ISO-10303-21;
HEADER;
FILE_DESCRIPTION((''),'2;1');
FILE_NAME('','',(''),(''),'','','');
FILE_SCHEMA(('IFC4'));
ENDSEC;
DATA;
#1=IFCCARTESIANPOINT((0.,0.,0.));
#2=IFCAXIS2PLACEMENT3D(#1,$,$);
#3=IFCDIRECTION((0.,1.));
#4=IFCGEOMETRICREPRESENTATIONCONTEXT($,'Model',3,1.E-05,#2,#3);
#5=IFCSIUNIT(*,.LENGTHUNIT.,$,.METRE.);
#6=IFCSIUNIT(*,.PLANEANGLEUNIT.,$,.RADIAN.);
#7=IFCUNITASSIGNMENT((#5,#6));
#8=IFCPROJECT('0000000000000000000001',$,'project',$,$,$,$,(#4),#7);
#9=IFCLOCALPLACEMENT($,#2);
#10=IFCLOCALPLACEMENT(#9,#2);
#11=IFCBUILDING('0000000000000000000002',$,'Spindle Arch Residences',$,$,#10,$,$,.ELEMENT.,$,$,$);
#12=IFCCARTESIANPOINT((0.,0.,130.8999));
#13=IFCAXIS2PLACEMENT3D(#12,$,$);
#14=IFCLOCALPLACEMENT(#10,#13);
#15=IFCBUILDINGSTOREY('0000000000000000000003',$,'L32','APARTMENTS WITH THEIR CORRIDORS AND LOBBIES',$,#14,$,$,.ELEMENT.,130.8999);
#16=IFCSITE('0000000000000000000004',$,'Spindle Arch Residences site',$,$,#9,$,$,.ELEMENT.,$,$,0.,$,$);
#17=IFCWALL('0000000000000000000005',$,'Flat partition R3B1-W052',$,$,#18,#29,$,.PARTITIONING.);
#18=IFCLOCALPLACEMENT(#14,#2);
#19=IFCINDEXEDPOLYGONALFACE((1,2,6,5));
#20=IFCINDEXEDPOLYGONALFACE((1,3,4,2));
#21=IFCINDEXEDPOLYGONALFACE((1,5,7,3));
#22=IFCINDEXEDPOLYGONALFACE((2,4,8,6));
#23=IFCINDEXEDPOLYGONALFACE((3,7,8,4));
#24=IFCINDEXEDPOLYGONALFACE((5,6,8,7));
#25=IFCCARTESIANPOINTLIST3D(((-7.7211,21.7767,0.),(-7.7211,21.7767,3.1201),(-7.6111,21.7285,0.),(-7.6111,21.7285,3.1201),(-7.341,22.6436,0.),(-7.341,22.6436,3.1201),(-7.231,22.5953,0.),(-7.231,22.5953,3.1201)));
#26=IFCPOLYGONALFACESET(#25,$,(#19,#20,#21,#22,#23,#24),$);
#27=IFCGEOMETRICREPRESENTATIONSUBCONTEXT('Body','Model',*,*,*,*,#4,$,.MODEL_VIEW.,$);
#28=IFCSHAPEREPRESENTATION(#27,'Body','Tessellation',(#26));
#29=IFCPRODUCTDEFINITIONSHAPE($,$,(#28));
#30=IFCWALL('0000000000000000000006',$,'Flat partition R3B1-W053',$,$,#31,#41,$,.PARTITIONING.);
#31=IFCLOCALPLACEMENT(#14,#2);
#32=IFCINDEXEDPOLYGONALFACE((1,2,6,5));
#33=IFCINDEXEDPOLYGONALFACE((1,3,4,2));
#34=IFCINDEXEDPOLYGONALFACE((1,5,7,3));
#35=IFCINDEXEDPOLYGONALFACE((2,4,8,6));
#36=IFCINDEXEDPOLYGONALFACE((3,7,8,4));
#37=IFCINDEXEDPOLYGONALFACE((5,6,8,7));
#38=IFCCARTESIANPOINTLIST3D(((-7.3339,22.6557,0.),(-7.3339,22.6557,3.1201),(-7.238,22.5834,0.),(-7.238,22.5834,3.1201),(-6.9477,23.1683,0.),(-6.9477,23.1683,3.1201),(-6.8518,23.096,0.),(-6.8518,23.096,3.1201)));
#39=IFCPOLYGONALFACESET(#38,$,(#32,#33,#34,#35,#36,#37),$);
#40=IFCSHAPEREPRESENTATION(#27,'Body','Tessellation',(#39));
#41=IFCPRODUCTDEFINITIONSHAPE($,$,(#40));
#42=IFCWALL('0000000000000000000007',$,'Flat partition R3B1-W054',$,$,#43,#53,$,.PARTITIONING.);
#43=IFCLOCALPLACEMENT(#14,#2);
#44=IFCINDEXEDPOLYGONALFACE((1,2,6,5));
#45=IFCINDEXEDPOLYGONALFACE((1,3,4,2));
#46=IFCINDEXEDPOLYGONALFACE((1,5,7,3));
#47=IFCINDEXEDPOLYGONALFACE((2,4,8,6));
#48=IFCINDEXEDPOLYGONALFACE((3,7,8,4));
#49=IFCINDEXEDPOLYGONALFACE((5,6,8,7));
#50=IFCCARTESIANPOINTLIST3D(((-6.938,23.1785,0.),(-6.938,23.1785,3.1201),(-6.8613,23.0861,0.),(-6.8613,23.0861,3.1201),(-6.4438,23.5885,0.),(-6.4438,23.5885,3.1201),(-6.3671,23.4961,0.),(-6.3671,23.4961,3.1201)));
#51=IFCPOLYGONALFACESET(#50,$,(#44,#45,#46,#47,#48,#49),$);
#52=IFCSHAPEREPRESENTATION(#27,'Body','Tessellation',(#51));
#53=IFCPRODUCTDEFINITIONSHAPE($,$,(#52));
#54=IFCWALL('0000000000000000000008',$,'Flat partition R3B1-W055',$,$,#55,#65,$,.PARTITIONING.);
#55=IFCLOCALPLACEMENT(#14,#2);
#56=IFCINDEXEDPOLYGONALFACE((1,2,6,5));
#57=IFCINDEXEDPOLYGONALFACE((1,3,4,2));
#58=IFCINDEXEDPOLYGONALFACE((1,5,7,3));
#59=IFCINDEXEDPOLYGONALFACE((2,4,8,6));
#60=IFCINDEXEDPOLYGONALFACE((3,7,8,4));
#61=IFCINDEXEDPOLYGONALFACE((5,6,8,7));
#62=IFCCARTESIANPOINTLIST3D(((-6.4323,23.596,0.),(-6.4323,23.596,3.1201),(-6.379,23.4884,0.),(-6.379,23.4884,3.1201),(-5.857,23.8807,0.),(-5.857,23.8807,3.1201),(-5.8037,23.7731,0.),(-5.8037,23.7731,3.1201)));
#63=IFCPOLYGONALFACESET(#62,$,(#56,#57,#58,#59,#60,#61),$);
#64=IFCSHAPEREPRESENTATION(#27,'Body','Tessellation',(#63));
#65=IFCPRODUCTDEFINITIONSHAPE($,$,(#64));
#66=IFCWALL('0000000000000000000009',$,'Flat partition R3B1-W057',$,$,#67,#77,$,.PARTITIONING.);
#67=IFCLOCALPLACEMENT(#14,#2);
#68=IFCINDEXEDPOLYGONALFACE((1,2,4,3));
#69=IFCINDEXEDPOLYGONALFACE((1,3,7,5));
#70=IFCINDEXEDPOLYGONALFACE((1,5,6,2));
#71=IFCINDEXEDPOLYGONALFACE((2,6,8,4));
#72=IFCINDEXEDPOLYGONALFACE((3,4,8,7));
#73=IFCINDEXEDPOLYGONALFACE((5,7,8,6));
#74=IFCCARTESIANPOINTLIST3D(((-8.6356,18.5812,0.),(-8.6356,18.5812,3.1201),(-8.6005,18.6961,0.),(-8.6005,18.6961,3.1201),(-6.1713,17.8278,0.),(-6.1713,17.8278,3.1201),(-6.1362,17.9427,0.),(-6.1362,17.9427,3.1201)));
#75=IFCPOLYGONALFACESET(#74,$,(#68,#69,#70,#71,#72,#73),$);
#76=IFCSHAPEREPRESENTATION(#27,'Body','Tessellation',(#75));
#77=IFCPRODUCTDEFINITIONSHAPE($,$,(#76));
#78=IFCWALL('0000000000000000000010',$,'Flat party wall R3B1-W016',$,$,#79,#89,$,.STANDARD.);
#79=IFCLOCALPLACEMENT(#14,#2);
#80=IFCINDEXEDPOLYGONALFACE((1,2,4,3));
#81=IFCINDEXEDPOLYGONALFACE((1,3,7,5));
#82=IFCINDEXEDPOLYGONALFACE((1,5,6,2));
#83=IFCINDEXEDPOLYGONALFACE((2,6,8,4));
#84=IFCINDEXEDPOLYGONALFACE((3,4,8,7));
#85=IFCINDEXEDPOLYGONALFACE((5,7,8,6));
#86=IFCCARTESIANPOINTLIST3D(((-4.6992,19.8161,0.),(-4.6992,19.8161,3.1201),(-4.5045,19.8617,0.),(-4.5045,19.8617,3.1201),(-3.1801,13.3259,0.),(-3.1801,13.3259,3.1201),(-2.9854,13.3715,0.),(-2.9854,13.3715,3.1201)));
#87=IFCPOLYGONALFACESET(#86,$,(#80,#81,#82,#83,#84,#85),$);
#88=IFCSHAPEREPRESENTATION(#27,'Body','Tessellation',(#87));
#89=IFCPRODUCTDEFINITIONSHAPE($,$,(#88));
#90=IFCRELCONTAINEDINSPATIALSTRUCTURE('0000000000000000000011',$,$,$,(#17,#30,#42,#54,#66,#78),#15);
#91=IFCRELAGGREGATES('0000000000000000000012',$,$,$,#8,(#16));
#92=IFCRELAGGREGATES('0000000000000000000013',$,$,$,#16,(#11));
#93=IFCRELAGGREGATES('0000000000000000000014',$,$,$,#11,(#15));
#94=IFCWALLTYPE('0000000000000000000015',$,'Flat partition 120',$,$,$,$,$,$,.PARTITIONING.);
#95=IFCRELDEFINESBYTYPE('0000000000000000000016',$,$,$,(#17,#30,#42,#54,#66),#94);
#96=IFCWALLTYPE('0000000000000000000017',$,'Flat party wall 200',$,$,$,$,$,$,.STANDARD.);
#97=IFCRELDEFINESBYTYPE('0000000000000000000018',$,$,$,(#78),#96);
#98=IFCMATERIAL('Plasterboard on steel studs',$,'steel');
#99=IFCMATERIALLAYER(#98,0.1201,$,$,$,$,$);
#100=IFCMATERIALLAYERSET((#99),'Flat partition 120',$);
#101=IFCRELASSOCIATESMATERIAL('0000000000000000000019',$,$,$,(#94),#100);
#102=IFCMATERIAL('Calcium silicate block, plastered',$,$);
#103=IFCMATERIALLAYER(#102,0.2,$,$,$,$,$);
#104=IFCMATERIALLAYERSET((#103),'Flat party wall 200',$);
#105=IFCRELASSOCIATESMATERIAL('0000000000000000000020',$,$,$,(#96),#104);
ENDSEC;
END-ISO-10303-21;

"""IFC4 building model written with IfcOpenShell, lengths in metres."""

from ifc_helpers import new_model, si_unit, direction, frame, frame_2d, origin, place, context, subcontext, project, spatial, rectangle, extrude, material, layer, layer_set, type_object, element, save


model = new_model("IFC4")

# Units and contexts
model_context = context("Model", 3, precision=1e-05, world=origin(), true_north=direction((0.0, 1.0)))
body_context = subcontext(model_context, "Body", "Model", "MODEL_VIEW")
ifc_project = project(units=[si_unit("LENGTHUNIT", "METRE"), si_unit("PLANEANGLEUNIT", "RADIAN")], contexts=[model_context])

# Site, building, storey
site_placement = place(None, origin())
site = spatial("IfcSite", under=ifc_project, at=site_placement, Name="Spindle Arch Residences site", CompositionType="ELEMENT", RefElevation=0.0)
building_placement = place(site_placement, origin())
building = spatial("IfcBuilding", under=site, at=building_placement, Name="Spindle Arch Residences", CompositionType="ELEMENT")
storey_placement = place(building_placement, frame((0.0, 0.0, 130.8999)))
storey = spatial("IfcBuildingStorey", under=building, at=storey_placement, Name="L32", Description="APARTMENTS WITH THEIR CORRIDORS AND LOBBIES", CompositionType="ELEMENT", Elevation=130.8999)

# Shared definitions
ifc_material_1 = material(Name="Plasterboard on steel studs", Category="steel")
ifc_layer_1 = layer(ifc_material_1, 0.1201)
ifc_layer_set_1 = layer_set([ifc_layer_1], Name="Flat partition 120")
wall_type_1 = type_object("IfcWallType", Name="Flat partition 120", PredefinedType="PARTITIONING", material=ifc_layer_set_1)

# Walls
wall_1_placement = place(storey_placement, frame((-7.666, 21.7527, 0.0), z_axis=(0.0, 0.0, 1.0), x_axis=(0.401563, 0.915831, 0.0)))
element("IfcWall", 1, at=wall_1_placement, inside=storey, type_object=wall_type_1, Name="Flat partition R3B1-W052", PredefinedType="PARTITIONING", context=body_context, shape_type="SweptSolid", body=[
    extrude(rectangle(XDim=0.9465, YDim=0.1201, at=frame_2d((0.4731, 0.0))), origin(), (0.0, 0.0, 1.0), 3.1201),
])
wall_2_placement = place(storey_placement, frame((-7.2859, 22.6196, 0.0), z_axis=(0.0, 0.0, 1.0), x_axis=(0.601703, 0.79872, 0.0)))
element("IfcWall", 2, at=wall_2_placement, inside=storey, type_object=wall_type_1, Name="Flat partition R3B1-W053", PredefinedType="PARTITIONING", context=body_context, shape_type="SweptSolid", body=[
    extrude(rectangle(XDim=0.6418, YDim=0.1201, at=frame_2d((0.3208, 0.0))), origin(), (0.0, 0.0, 1.0), 3.1201),
])
wall_3_placement = place(storey_placement, frame((-6.8997, 23.1323, 0.0), z_axis=(0.0, 0.0, 1.0), x_axis=(0.769653, 0.638462, 0.0)))
element("IfcWall", 3, at=wall_3_placement, inside=storey, type_object=wall_type_1, Name="Flat partition R3B1-W054", PredefinedType="PARTITIONING", context=body_context, shape_type="SweptSolid", body=[
    extrude(rectangle(XDim=0.6421, YDim=0.1201, at=frame_2d((0.321, 0.0))), origin(), (0.0, 0.0, 1.0), 3.1201),
])
wall_4_placement = place(storey_placement, frame((-6.4055, 23.5422, 0.0), z_axis=(0.0, 0.0, 1.0), x_axis=(0.896246, 0.443558, 0.0)))
element("IfcWall", 4, at=wall_4_placement, inside=storey, type_object=wall_type_1, Name="Flat partition R3B1-W055", PredefinedType="PARTITIONING", context=body_context, shape_type="SweptSolid", body=[
    extrude(rectangle(XDim=0.6418, YDim=0.1201, at=frame_2d((0.3208, 0.0))), origin(), (0.0, 0.0, 1.0), 3.1201),
])
wall_5_placement = place(storey_placement, frame((-8.6182, 18.6387, 0.0), z_axis=(0.0, 0.0, 1.0), x_axis=(0.956306, -0.292368, 0.0)))
element("IfcWall", 5, at=wall_5_placement, inside=storey, type_object=wall_type_1, Name="Flat partition R3B1-W057", PredefinedType="PARTITIONING", context=body_context, shape_type="SweptSolid", body=[
    extrude(rectangle(XDim=2.5769, YDim=0.1201, at=frame_2d((1.2886, 0.0))), origin(), (0.0, 0.0, 1.0), 3.1201),
])
ifc_material_2 = material(Name="Calcium silicate block, plastered")
ifc_layer_2 = layer(ifc_material_2, 0.2)
ifc_layer_set_2 = layer_set([ifc_layer_2], Name="Flat party wall 200")
wall_type_2 = type_object("IfcWallType", Name="Flat party wall 200", PredefinedType="STANDARD", material=ifc_layer_set_2)
wall_6_placement = place(storey_placement, frame((-4.6018, 19.8389, 0.0), z_axis=(0.0, 0.0, 1.0), x_axis=(0.227892, -0.973686, 0.0)))
element("IfcWall", 6, at=wall_6_placement, inside=storey, type_object=wall_type_2, Name="Flat party wall R3B1-W016", PredefinedType="STANDARD", context=body_context, shape_type="SweptSolid", body=[
    extrude(rectangle(XDim=6.6655, YDim=0.2, at=frame_2d((3.3328, 0.0))), origin(), (0.0, 0.0, 1.0), 3.1201),
])

save(model, "model.ifc")
